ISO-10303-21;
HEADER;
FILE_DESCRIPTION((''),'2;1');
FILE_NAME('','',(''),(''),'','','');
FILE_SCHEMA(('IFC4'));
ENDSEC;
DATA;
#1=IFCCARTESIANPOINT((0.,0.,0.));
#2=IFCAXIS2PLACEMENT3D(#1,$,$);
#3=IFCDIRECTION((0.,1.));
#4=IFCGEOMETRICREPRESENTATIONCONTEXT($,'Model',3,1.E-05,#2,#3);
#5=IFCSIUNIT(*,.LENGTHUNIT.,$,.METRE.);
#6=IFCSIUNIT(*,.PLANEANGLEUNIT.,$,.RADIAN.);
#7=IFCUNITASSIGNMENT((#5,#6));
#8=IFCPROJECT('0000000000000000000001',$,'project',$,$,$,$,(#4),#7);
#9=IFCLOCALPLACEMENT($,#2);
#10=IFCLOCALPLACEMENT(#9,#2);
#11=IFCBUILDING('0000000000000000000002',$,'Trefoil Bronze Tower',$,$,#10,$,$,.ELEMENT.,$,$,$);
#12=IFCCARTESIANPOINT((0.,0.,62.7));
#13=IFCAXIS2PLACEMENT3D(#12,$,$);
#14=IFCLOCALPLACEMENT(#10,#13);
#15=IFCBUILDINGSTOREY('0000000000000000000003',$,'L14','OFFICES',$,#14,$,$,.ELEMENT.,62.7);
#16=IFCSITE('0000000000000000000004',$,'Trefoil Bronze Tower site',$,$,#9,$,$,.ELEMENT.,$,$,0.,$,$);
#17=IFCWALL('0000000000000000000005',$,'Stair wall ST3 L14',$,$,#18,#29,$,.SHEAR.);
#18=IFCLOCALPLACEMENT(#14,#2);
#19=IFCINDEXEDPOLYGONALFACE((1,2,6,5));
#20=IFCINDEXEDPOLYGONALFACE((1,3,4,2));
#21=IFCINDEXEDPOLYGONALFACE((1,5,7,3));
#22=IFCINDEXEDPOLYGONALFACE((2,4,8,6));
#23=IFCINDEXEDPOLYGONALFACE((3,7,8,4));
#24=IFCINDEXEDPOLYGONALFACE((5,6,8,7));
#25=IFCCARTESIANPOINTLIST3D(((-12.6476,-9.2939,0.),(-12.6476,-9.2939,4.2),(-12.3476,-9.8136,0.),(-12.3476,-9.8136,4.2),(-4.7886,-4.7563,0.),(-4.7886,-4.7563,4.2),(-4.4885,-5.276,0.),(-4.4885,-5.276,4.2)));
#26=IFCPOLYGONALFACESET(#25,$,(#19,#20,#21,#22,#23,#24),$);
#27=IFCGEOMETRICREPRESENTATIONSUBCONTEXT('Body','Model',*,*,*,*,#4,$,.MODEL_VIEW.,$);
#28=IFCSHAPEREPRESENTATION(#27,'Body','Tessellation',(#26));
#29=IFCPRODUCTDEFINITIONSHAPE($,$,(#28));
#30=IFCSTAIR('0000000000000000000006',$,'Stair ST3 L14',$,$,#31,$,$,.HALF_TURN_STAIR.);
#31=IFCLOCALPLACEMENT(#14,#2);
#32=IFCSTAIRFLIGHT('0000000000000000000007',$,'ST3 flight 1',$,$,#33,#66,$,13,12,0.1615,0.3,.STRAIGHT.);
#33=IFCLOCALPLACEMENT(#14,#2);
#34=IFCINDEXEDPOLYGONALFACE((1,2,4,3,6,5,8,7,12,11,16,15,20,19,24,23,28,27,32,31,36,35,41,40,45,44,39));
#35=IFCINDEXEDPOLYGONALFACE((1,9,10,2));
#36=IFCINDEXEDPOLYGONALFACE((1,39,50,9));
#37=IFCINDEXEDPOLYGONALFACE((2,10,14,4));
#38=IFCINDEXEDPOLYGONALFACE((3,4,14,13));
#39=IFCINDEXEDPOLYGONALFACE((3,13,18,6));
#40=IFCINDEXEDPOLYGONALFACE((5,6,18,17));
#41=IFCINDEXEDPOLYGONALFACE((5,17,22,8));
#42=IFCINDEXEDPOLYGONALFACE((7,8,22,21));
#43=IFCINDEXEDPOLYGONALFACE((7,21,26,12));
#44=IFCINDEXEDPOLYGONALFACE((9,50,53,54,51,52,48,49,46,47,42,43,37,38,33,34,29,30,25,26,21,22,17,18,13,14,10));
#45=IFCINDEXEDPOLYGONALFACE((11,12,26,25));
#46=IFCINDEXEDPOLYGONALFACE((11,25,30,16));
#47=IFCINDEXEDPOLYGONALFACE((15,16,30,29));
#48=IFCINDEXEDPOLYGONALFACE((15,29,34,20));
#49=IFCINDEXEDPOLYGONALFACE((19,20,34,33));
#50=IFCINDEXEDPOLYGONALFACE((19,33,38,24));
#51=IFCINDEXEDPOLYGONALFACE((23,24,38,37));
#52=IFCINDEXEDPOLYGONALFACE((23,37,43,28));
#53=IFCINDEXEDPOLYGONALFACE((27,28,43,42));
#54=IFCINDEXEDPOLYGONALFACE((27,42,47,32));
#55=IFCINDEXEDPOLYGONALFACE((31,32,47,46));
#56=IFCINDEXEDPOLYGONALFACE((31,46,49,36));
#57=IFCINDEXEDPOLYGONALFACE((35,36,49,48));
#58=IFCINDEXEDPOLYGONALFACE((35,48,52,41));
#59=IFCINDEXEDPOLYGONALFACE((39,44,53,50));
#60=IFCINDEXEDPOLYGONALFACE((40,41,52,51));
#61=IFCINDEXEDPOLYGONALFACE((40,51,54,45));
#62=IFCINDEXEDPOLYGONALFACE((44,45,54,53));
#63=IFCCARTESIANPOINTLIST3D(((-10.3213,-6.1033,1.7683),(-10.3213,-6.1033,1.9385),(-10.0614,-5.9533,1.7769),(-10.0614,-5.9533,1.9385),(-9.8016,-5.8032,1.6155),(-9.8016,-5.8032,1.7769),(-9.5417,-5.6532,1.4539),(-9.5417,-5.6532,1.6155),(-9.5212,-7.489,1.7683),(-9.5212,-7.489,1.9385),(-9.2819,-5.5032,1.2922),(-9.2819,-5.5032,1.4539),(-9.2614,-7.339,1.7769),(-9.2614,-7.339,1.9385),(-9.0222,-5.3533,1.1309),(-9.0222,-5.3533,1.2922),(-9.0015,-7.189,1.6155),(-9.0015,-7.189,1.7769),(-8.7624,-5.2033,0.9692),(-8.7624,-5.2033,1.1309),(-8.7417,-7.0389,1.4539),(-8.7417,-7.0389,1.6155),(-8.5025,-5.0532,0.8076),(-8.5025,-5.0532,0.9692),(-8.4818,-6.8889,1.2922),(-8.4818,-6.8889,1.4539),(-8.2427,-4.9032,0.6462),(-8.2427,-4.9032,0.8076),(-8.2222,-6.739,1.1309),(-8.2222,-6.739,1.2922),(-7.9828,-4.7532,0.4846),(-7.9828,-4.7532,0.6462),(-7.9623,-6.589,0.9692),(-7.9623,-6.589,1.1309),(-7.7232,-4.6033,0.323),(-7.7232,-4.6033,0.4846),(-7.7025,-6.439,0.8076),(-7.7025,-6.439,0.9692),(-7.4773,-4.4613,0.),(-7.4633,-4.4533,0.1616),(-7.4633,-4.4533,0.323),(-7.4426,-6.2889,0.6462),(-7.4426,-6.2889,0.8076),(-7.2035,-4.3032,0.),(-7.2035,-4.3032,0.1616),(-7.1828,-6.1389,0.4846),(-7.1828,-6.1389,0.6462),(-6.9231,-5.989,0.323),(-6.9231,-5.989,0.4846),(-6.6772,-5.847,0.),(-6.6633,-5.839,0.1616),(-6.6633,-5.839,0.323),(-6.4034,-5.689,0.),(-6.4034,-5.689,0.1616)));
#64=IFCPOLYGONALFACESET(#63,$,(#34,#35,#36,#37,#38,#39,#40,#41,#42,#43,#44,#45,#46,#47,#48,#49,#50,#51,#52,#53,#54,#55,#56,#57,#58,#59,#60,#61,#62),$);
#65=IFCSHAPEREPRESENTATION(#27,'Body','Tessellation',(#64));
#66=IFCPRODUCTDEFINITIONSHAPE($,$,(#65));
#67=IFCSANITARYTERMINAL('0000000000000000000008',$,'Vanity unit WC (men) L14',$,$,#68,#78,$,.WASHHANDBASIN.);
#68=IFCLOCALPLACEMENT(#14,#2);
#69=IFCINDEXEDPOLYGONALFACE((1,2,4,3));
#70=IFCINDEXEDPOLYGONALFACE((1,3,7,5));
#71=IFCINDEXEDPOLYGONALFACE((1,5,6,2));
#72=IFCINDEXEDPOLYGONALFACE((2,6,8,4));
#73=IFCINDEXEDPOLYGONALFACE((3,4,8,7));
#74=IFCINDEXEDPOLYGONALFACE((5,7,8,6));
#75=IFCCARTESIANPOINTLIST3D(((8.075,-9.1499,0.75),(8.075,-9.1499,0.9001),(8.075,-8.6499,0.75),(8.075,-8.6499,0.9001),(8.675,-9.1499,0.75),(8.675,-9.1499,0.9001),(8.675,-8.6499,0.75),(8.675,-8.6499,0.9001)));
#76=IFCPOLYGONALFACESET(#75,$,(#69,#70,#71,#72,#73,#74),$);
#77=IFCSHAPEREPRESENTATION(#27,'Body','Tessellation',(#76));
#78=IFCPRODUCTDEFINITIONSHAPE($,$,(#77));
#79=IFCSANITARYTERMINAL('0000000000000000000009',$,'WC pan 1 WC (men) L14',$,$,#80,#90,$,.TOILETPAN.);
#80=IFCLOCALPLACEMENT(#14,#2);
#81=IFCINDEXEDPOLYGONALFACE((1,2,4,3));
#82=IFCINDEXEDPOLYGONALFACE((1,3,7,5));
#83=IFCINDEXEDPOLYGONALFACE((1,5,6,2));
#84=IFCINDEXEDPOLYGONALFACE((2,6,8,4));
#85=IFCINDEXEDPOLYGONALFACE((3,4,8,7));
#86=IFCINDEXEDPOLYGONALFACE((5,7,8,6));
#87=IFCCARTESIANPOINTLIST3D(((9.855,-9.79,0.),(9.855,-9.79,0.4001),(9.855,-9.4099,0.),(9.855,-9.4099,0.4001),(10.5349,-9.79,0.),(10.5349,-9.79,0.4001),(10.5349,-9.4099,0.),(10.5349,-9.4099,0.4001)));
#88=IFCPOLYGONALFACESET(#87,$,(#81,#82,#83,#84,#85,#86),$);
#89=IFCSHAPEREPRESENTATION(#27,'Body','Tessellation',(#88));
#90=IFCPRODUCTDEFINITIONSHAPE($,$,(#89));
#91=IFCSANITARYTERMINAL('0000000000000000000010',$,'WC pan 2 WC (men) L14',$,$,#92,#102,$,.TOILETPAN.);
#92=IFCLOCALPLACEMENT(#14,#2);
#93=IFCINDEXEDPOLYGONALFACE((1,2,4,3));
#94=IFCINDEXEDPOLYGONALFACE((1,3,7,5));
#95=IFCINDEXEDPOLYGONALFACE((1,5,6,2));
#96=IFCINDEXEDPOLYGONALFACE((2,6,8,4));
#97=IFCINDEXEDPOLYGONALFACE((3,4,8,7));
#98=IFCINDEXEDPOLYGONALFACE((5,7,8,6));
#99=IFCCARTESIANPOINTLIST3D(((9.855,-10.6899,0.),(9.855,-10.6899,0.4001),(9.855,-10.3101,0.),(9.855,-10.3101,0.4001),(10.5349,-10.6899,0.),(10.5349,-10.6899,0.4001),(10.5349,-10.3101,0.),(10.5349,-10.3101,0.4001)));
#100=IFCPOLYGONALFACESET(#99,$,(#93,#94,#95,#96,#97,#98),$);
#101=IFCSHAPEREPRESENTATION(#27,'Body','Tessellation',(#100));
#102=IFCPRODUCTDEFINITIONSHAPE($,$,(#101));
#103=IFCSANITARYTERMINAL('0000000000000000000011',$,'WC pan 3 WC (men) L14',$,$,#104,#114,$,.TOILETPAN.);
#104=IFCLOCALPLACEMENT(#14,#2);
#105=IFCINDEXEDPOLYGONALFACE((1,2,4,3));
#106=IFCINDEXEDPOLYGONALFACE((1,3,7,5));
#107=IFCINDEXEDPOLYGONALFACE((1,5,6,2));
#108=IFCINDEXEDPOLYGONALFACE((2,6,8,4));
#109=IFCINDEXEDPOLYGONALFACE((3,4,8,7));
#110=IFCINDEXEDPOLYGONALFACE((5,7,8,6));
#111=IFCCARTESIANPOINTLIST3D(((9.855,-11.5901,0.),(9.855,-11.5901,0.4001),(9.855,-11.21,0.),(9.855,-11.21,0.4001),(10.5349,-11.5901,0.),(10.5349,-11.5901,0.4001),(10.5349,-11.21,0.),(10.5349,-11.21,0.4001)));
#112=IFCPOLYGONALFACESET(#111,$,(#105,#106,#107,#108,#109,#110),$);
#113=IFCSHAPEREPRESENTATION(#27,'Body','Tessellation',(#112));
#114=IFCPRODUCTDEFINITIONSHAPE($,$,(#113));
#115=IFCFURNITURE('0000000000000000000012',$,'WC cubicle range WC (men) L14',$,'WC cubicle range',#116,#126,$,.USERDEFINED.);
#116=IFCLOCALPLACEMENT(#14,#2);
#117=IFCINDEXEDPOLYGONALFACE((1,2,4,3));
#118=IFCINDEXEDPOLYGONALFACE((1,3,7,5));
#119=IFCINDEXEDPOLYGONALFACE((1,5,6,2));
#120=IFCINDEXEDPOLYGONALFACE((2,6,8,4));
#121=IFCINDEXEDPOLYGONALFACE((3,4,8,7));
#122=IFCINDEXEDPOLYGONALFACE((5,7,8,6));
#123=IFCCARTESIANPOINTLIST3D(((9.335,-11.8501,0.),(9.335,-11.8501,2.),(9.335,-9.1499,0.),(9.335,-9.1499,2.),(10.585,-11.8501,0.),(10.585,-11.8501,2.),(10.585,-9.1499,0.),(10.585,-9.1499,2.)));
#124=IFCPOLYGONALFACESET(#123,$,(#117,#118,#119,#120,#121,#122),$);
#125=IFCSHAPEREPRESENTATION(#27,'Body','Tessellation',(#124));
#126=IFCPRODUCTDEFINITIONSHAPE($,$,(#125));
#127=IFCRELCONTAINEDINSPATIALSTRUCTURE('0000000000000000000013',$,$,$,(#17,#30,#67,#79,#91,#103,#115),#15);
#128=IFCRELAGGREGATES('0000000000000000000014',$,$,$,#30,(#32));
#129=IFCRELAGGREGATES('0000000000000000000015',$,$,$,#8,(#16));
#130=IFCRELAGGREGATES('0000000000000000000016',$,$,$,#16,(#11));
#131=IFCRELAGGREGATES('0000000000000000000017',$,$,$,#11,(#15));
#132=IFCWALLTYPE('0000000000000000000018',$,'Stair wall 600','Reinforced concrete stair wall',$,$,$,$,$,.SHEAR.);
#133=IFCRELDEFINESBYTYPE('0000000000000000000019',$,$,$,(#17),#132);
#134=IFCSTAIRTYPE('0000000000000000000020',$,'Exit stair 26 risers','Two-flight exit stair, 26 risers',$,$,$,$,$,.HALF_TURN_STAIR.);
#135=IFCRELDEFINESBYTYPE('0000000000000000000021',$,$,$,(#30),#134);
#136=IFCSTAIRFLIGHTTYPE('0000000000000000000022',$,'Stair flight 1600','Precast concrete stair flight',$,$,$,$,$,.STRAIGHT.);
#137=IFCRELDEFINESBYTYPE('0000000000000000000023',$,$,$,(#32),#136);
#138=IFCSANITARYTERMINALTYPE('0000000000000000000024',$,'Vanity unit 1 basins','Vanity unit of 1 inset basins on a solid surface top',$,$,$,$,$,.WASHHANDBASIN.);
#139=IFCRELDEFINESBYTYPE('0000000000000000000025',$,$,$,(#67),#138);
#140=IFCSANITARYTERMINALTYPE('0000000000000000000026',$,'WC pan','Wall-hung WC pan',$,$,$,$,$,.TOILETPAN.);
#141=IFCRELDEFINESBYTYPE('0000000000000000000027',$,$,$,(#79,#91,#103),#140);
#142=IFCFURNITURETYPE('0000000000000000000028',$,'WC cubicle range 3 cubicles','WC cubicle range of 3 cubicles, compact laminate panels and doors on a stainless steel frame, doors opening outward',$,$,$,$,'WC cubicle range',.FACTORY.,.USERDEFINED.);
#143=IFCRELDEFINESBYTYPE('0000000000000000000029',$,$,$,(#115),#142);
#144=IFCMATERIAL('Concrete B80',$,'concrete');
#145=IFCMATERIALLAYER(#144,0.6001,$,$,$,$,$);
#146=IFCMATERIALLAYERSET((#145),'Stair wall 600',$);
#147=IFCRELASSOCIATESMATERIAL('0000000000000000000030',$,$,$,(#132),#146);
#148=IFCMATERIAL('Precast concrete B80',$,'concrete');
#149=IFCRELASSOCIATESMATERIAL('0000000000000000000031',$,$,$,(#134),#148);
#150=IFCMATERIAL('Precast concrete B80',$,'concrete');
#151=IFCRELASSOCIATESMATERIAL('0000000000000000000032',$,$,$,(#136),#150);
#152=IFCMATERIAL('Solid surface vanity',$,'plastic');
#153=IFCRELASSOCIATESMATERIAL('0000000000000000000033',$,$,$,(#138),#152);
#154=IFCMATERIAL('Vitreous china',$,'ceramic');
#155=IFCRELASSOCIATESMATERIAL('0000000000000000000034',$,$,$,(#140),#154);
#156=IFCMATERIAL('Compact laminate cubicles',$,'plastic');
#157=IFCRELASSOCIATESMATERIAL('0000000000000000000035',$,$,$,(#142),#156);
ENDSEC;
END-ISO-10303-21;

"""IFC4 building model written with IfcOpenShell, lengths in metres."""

from ifc_helpers import new_model, si_unit, direction, frame, frame_2d, origin, place, context, subcontext, project, spatial, polyline, rectangle, outline, extrude, material, layer, layer_set, type_object, element, aggregate, save


model = new_model("IFC4")

# Units and contexts
model_context = context("Model", 3, precision=1e-05, world=origin(), true_north=direction((0.0, 1.0)))
body_context = subcontext(model_context, "Body", "Model", "MODEL_VIEW")
ifc_project = project(units=[si_unit("LENGTHUNIT", "METRE"), si_unit("PLANEANGLEUNIT", "RADIAN")], contexts=[model_context])

# Site, building, storey
site_placement = place(None, origin())
site = spatial("IfcSite", under=ifc_project, at=site_placement, Name="Trefoil Bronze Tower site", CompositionType="ELEMENT", RefElevation=0.0)
building_placement = place(site_placement, origin())
building = spatial("IfcBuilding", under=site, at=building_placement, Name="Trefoil Bronze Tower", CompositionType="ELEMENT")
storey_placement = place(building_placement, frame((0.0, 0.0, 62.7)))
storey = spatial("IfcBuildingStorey", under=building, at=storey_placement, Name="L14", Description="OFFICES", CompositionType="ELEMENT", Elevation=62.7)

# Wall
ifc_material_1 = material(Name="Concrete B80", Category="concrete")
ifc_layer_1 = layer(ifc_material_1, 0.6001)
ifc_layer_set_1 = layer_set([ifc_layer_1], Name="Stair wall 600")
wall_type_1 = type_object("IfcWallType", Name="Stair wall 600", Description="Reinforced concrete stair wall", PredefinedType="SHEAR", material=ifc_layer_set_1)
for number, where, z_axis, x_axis, name in (
    (1, (-4.6384, -5.0161, 0.0), (0.0, 0.0, 1.0), (-0.866019, -0.50001, 0.0), "Stair wall ST3 L14"),
):
    element("IfcWall", number, at=place(storey_placement, frame(where, z_axis=z_axis, x_axis=x_axis)), inside=storey, type_object=wall_type_1, Name=name, PredefinedType="SHEAR", context=body_context, shape_type="SweptSolid", body=[
        extrude(rectangle(XDim=9.075, YDim=0.6001, at=frame_2d((4.5376, 0.0))), origin(), (0.0, 0.0, 1.0), 4.2),
    ])

# Stair, stair flight
ifc_material_2 = material(Name="Precast concrete B80", Category="concrete")
stair_type = type_object("IfcStairType", Name="Exit stair 26 risers", Description="Two-flight exit stair, 26 risers", PredefinedType="HALF_TURN_STAIR", material=ifc_material_2)
stair_placement = place(storey_placement, origin())
stair = element("IfcStair", 2, at=stair_placement, inside=storey, type_object=stair_type, Name="Stair ST3 L14", PredefinedType="HALF_TURN_STAIR")
ifc_material_3 = material(Name="Precast concrete B80", Category="concrete")
stair_flight_type = type_object("IfcStairFlightType", Name="Stair flight 1600", Description="Precast concrete stair flight", PredefinedType="STRAIGHT", material=ifc_material_3)
stair_flight_placement = place(storey_placement, frame((-6.8035, -4.9961, 0.0), z_axis=(0.0, 0.0, 1.0), x_axis=(-0.866025, -0.5, 0.0)))
stair_flight = element("IfcStairFlight", 3, at=stair_flight_placement, type_object=stair_flight_type, Name="ST3 flight 1", NumberOfRisers=13, NumberOfTreads=12, PredefinedType="STRAIGHT", RiserHeight=0.1615, TreadLength=0.3, context=body_context, shape_type="SweptSolid", body=[
    extrude(outline(polyline([(0.0, 0.0), (0.0, 0.1616), (0.3, 0.1616), (0.3, 0.323), (0.6001, 0.323), (0.6001, 0.4846), (0.8999, 0.4846), (0.8999, 0.6462), (1.2, 0.6462), (1.2, 0.8076), (1.5, 0.8076), (1.5, 0.9692), (1.8, 0.9692), (1.8, 1.1309), (2.1001, 1.1309), (2.1001, 1.2922), (2.3999, 1.2922), (2.3999, 1.4539), (2.7, 1.4539), (2.7, 1.6155), (3.0, 1.6155), (3.0, 1.7769), (3.3, 1.7769), (3.3, 1.9385), (3.6001, 1.9385), (3.6001, 2.1001), (3.6001, 1.7683), (0.3162, 0.0), (0.0, 0.0)])), frame((0.0, 0.8, 0.0), z_axis=(0.0, -1.0, 0.0), x_axis=(1.0, 0.0, 0.0)), (0.0, 0.0, 1.0), 1.6001),
])
aggregate(stair, [stair_flight])

# Sanitary terminals
ifc_material_4 = material(Name="Solid surface vanity", Category="plastic")
sanitary_terminal_type_1 = type_object("IfcSanitaryTerminalType", Name="Vanity unit 1 basins", Description="Vanity unit of 1 inset basins on a solid surface top", PredefinedType="WASHHANDBASIN", material=ifc_material_4)
sanitary_terminal_1_placement = place(storey_placement, frame((0.0, 0.0, 0.75)))
element("IfcSanitaryTerminal", 4, at=sanitary_terminal_1_placement, inside=storey, type_object=sanitary_terminal_type_1, Name="Vanity unit WC (men) L14", PredefinedType="WASHHANDBASIN", context=body_context, shape_type="SweptSolid", body=[
    extrude(outline(polyline([(8.075, -8.6499), (8.675, -8.6499), (8.675, -9.1499), (8.075, -9.1499), (8.075, -8.6499)])), origin(), (0.0, 0.0, 1.0), 0.1501),
])
ifc_material_5 = material(Name="Vitreous china", Category="ceramic")
sanitary_terminal_type_2 = type_object("IfcSanitaryTerminalType", Name="WC pan", Description="Wall-hung WC pan", PredefinedType="TOILETPAN", material=ifc_material_5)
sanitary_terminal_2_placement = place(storey_placement, origin())
element("IfcSanitaryTerminal", 5, at=sanitary_terminal_2_placement, inside=storey, type_object=sanitary_terminal_type_2, Name="WC pan 1 WC (men) L14", PredefinedType="TOILETPAN", context=body_context, shape_type="SweptSolid", body=[
    extrude(outline(polyline([(9.855, -9.4099), (10.5349, -9.4099), (10.5349, -9.79), (9.855, -9.79), (9.855, -9.4099)])), origin(), (0.0, 0.0, 1.0), 0.4001),
])
sanitary_terminal_3_placement = place(storey_placement, origin())
element("IfcSanitaryTerminal", 6, at=sanitary_terminal_3_placement, inside=storey, type_object=sanitary_terminal_type_2, Name="WC pan 2 WC (men) L14", PredefinedType="TOILETPAN", context=body_context, shape_type="SweptSolid", body=[
    extrude(outline(polyline([(9.855, -10.3101), (10.5349, -10.3101), (10.5349, -10.6899), (9.855, -10.6899), (9.855, -10.3101)])), origin(), (0.0, 0.0, 1.0), 0.4001),
])
sanitary_terminal_4_placement = place(storey_placement, origin())
element("IfcSanitaryTerminal", 7, at=sanitary_terminal_4_placement, inside=storey, type_object=sanitary_terminal_type_2, Name="WC pan 3 WC (men) L14", PredefinedType="TOILETPAN", context=body_context, shape_type="SweptSolid", body=[
    extrude(outline(polyline([(9.855, -11.21), (10.5349, -11.21), (10.5349, -11.5901), (9.855, -11.5901), (9.855, -11.21)])), origin(), (0.0, 0.0, 1.0), 0.4001),
])

# Furniture
ifc_material_6 = material(Name="Compact laminate cubicles", Category="plastic")
furniture_type = type_object("IfcFurnitureType", Name="WC cubicle range 3 cubicles", Description="WC cubicle range of 3 cubicles, compact laminate panels and doors on a stainless steel frame, doors opening outward", ElementType="WC cubicle range", AssemblyPlace="FACTORY", PredefinedType="USERDEFINED", material=ifc_material_6)
furniture_placement = place(storey_placement, origin())
element("IfcFurniture", 8, at=furniture_placement, inside=storey, type_object=furniture_type, Name="WC cubicle range WC (men) L14", ObjectType="WC cubicle range", PredefinedType="USERDEFINED", context=body_context, shape_type="SweptSolid", body=[
    extrude(outline(polyline([(9.335, -9.1499), (10.585, -9.1499), (10.585, -11.8501), (9.335, -11.8501), (9.335, -9.1499)])), origin(), (0.0, 0.0, 1.0), 2.0),
])

save(model, "model.ifc")
